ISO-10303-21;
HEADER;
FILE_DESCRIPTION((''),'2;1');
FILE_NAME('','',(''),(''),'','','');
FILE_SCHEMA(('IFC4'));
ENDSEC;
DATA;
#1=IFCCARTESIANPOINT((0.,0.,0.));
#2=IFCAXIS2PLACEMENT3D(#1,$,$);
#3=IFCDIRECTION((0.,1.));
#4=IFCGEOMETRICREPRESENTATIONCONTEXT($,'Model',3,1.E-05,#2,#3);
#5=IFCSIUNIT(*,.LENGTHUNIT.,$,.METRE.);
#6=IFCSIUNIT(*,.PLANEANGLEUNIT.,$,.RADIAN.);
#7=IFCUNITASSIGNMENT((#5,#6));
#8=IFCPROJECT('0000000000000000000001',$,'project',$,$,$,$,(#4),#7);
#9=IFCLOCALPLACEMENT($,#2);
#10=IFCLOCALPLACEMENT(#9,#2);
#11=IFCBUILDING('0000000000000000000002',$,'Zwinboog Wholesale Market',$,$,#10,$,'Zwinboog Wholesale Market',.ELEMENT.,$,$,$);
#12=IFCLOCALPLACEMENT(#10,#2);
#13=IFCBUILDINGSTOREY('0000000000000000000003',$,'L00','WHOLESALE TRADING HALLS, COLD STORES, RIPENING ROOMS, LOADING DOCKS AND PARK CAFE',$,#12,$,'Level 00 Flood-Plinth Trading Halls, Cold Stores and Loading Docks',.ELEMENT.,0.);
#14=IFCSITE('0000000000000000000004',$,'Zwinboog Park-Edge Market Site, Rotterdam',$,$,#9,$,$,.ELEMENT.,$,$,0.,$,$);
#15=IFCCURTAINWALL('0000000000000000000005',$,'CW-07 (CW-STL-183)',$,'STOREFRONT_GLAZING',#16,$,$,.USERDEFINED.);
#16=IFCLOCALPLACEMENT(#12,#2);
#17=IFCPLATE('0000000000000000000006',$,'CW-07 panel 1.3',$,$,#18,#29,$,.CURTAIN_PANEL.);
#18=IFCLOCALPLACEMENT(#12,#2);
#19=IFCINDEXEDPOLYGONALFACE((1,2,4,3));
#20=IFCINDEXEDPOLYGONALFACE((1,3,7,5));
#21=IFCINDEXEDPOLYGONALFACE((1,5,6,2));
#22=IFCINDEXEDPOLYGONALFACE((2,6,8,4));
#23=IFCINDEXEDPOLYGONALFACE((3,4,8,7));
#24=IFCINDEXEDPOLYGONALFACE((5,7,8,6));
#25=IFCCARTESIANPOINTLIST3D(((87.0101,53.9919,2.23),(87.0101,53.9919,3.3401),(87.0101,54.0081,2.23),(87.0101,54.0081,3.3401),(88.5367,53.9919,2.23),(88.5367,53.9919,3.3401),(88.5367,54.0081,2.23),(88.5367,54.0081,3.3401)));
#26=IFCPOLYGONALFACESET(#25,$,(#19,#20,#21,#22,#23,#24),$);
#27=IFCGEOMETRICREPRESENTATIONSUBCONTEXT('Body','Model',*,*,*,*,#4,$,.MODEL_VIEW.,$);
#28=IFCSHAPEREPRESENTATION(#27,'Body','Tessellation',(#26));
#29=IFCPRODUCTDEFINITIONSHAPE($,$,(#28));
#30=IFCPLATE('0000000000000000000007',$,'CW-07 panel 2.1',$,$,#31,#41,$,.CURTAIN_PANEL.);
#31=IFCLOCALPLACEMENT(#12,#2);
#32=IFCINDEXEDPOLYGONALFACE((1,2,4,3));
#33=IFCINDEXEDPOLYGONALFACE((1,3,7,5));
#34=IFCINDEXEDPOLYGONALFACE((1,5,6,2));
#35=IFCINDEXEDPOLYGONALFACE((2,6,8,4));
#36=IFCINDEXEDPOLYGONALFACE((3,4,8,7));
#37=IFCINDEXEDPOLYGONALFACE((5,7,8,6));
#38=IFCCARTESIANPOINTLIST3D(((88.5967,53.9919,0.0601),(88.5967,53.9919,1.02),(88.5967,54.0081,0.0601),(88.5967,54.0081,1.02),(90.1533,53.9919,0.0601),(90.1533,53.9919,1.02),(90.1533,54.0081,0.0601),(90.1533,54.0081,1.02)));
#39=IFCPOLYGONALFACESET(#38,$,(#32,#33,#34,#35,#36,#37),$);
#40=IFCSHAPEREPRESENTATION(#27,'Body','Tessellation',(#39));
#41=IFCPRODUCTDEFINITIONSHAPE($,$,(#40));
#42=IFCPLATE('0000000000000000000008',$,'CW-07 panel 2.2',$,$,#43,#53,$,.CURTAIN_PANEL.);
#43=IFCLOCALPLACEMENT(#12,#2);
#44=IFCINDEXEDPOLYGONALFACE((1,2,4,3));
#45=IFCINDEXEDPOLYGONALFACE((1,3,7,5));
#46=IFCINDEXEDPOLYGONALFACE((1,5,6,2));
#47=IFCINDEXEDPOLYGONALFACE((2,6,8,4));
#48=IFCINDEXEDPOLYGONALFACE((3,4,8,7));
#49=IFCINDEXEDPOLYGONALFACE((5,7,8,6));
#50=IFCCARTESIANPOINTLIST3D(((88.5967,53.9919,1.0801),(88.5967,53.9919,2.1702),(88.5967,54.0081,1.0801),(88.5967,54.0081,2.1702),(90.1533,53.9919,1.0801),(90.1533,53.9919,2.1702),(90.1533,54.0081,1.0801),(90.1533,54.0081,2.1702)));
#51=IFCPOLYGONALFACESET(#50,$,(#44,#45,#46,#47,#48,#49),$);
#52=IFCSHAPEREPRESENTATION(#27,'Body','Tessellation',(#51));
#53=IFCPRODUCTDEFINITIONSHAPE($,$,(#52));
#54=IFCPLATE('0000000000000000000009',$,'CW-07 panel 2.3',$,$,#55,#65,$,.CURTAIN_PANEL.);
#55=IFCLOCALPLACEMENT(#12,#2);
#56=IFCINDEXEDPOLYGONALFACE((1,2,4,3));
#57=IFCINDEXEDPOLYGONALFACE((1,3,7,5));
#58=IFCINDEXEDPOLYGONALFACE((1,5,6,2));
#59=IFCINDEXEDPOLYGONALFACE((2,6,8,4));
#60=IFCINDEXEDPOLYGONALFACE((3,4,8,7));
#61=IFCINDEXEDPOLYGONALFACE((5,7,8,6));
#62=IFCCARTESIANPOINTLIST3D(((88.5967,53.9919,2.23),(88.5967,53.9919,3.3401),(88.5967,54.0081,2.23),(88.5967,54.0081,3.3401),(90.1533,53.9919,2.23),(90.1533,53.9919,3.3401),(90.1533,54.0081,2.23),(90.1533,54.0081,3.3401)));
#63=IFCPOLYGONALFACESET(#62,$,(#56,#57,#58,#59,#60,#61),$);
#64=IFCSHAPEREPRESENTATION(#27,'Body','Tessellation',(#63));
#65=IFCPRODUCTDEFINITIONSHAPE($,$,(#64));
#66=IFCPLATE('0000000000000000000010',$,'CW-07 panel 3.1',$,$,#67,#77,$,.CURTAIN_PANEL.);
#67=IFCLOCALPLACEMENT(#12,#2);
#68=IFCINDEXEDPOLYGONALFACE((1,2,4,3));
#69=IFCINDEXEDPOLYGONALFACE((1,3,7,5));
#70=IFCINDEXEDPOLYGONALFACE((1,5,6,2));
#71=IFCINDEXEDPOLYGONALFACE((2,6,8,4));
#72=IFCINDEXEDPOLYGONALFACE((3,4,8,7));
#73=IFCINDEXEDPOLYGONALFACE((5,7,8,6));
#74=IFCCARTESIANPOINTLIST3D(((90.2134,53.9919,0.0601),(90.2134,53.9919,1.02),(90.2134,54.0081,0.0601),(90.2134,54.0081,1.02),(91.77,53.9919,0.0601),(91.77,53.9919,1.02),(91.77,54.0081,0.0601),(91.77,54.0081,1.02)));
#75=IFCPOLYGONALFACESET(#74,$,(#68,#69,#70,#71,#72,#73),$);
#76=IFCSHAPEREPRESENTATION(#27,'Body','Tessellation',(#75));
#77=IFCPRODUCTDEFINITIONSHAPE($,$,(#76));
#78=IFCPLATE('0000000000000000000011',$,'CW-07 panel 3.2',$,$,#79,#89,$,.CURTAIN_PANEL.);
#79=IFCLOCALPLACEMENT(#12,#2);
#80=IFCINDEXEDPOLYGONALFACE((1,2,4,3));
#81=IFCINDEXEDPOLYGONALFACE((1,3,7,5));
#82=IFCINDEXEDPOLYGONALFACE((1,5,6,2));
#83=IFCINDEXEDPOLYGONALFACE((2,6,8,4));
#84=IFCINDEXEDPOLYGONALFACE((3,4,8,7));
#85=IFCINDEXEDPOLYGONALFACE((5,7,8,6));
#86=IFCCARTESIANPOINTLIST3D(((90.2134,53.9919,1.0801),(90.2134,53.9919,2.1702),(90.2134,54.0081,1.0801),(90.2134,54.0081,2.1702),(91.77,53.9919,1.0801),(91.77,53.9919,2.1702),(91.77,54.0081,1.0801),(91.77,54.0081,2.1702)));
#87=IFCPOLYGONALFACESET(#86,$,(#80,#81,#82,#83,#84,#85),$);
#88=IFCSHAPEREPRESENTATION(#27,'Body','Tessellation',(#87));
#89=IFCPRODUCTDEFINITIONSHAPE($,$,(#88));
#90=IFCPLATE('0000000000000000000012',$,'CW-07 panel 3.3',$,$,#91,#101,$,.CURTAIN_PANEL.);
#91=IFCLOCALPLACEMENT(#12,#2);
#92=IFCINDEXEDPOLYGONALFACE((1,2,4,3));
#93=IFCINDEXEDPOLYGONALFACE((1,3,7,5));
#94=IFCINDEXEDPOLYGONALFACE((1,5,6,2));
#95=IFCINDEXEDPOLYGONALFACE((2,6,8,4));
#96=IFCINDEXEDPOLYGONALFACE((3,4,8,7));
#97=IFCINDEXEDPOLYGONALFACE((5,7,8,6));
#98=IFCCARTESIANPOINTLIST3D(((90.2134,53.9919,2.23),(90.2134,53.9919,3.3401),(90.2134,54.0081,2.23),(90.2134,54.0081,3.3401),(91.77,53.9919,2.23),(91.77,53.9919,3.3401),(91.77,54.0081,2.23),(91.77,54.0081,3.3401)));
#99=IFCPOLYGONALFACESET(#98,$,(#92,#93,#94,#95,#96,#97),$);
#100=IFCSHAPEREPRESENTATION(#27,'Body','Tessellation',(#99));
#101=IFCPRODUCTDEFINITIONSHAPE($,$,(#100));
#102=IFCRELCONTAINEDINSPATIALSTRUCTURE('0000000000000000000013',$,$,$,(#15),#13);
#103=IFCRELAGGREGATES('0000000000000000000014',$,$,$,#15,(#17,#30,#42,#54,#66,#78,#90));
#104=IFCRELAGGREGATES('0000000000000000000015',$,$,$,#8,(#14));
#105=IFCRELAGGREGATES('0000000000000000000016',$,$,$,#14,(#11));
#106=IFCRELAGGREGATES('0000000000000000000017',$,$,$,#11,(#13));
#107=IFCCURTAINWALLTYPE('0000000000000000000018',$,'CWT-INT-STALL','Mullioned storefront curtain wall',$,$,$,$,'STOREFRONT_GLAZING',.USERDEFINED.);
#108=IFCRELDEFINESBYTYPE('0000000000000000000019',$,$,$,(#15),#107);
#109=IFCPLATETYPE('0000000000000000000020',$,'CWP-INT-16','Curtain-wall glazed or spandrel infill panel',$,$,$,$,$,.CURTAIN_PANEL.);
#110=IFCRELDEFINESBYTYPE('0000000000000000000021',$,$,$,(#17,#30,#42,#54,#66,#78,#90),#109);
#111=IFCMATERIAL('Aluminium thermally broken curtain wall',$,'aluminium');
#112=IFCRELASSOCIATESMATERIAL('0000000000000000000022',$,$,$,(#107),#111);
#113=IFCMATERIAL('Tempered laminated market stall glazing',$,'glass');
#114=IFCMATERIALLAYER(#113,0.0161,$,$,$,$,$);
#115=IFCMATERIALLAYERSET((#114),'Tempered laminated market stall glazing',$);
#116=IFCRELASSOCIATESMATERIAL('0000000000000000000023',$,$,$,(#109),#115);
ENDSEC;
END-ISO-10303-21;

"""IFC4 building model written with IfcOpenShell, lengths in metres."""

from ifc_helpers import new_model, si_unit, direction, frame, origin, origin_2d, place, context, subcontext, project, spatial, rectangle, extrude, material, layer, layer_set, type_object, element, aggregate, save


model = new_model("IFC4")

# Units and contexts
model_context = context("Model", 3, precision=1e-05, world=origin(), true_north=direction((0.0, 1.0)))
body_context = subcontext(model_context, "Body", "Model", "MODEL_VIEW")
ifc_project = project(units=[si_unit("LENGTHUNIT", "METRE"), si_unit("PLANEANGLEUNIT", "RADIAN")], contexts=[model_context])

# Site, building, storey
site_placement = place(None, origin())
site = spatial("IfcSite", under=ifc_project, at=site_placement, Name="Zwinboog Park-Edge Market Site, Rotterdam", CompositionType="ELEMENT", RefElevation=0.0)
building_placement = place(site_placement, origin())
building = spatial("IfcBuilding", under=site, at=building_placement, Name="Zwinboog Wholesale Market", LongName="Zwinboog Wholesale Market", CompositionType="ELEMENT")
storey_placement = place(building_placement, origin())
storey = spatial("IfcBuildingStorey", under=building, at=storey_placement, Name="L00", Description="WHOLESALE TRADING HALLS, COLD STORES, RIPENING ROOMS, LOADING DOCKS AND PARK CAFE", LongName="Level 00 Flood-Plinth Trading Halls, Cold Stores and Loading Docks", CompositionType="ELEMENT", Elevation=0.0)

# Curtain wall, plates
ifc_material_1 = material(Name="Aluminium thermally broken curtain wall", Category="aluminium")
curtain_wall_type = type_object("IfcCurtainWallType", Name="CWT-INT-STALL", Description="Mullioned storefront curtain wall", ElementType="STOREFRONT_GLAZING", PredefinedType="USERDEFINED", material=ifc_material_1)
curtain_wall_placement = place(storey_placement, origin())
curtain_wall = element("IfcCurtainWall", 1, at=curtain_wall_placement, inside=storey, type_object=curtain_wall_type, Name="CW-07 (CW-STL-183)", ObjectType="STOREFRONT_GLAZING", PredefinedType="USERDEFINED")
ifc_material_2 = material(Name="Tempered laminated market stall glazing", Category="glass")
ifc_layer = layer(ifc_material_2, 0.0161)
ifc_layer_set = layer_set([ifc_layer], Name="Tempered laminated market stall glazing")
plate_type = type_object("IfcPlateType", Name="CWP-INT-16", Description="Curtain-wall glazed or spandrel infill panel", PredefinedType="CURTAIN_PANEL", material=ifc_layer_set)
plate_1_placement = place(storey_placement, frame((87.7734, 54.0, 2.23), z_axis=(0.0, 0.0, 1.0), x_axis=(1.0, 0.0, 0.0)))
plate_1 = element("IfcPlate", 2, at=plate_1_placement, type_object=plate_type, Name="CW-07 panel 1.3", PredefinedType="CURTAIN_PANEL", context=body_context, shape_type="SweptSolid", body=[
    extrude(rectangle(XDim=1.5266, YDim=0.0161, at=origin_2d()), origin(), (0.0, 0.0, 1.0), 1.1101),
])
plate_2_placement = place(storey_placement, frame((89.375, 54.0, 0.0601), z_axis=(0.0, 0.0, 1.0), x_axis=(1.0, 0.0, 0.0)))
plate_2 = element("IfcPlate", 3, at=plate_2_placement, type_object=plate_type, Name="CW-07 panel 2.1", PredefinedType="CURTAIN_PANEL", context=body_context, shape_type="SweptSolid", body=[
    extrude(rectangle(XDim=1.5566, YDim=0.0161, at=origin_2d()), origin(), (0.0, 0.0, 1.0), 0.96),
])
plate_3_placement = place(storey_placement, frame((89.375, 54.0, 1.0801), z_axis=(0.0, 0.0, 1.0), x_axis=(1.0, 0.0, 0.0)))
plate_3 = element("IfcPlate", 4, at=plate_3_placement, type_object=plate_type, Name="CW-07 panel 2.2", PredefinedType="CURTAIN_PANEL", context=body_context, shape_type="SweptSolid", body=[
    extrude(rectangle(XDim=1.5566, YDim=0.0161, at=origin_2d()), origin(), (0.0, 0.0, 1.0), 1.0901),
])
plate_4_placement = place(storey_placement, frame((89.375, 54.0, 2.23), z_axis=(0.0, 0.0, 1.0), x_axis=(1.0, 0.0, 0.0)))
plate_4 = element("IfcPlate", 5, at=plate_4_placement, type_object=plate_type, Name="CW-07 panel 2.3", PredefinedType="CURTAIN_PANEL", context=body_context, shape_type="SweptSolid", body=[
    extrude(rectangle(XDim=1.5566, YDim=0.0161, at=origin_2d()), origin(), (0.0, 0.0, 1.0), 1.1101),
])
plate_5_placement = place(storey_placement, frame((90.9917, 54.0, 0.0601), z_axis=(0.0, 0.0, 1.0), x_axis=(1.0, 0.0, 0.0)))
plate_5 = element("IfcPlate", 6, at=plate_5_placement, type_object=plate_type, Name="CW-07 panel 3.1", PredefinedType="CURTAIN_PANEL", context=body_context, shape_type="SweptSolid", body=[
    extrude(rectangle(XDim=1.5566, YDim=0.0161, at=origin_2d()), origin(), (0.0, 0.0, 1.0), 0.96),
])
plate_6_placement = place(storey_placement, frame((90.9917, 54.0, 1.0801), z_axis=(0.0, 0.0, 1.0), x_axis=(1.0, 0.0, 0.0)))
plate_6 = element("IfcPlate", 7, at=plate_6_placement, type_object=plate_type, Name="CW-07 panel 3.2", PredefinedType="CURTAIN_PANEL", context=body_context, shape_type="SweptSolid", body=[
    extrude(rectangle(XDim=1.5566, YDim=0.0161, at=origin_2d()), origin(), (0.0, 0.0, 1.0), 1.0901),
])
plate_7_placement = place(storey_placement, frame((90.9917, 54.0, 2.23), z_axis=(0.0, 0.0, 1.0), x_axis=(1.0, 0.0, 0.0)))
plate_7 = element("IfcPlate", 8, at=plate_7_placement, type_object=plate_type, Name="CW-07 panel 3.3", PredefinedType="CURTAIN_PANEL", context=body_context, shape_type="SweptSolid", body=[
    extrude(rectangle(XDim=1.5566, YDim=0.0161, at=origin_2d()), origin(), (0.0, 0.0, 1.0), 1.1101),
])
aggregate(curtain_wall, [plate_1, plate_2, plate_3, plate_4, plate_5, plate_6, plate_7])

save(model, "model.ifc")
